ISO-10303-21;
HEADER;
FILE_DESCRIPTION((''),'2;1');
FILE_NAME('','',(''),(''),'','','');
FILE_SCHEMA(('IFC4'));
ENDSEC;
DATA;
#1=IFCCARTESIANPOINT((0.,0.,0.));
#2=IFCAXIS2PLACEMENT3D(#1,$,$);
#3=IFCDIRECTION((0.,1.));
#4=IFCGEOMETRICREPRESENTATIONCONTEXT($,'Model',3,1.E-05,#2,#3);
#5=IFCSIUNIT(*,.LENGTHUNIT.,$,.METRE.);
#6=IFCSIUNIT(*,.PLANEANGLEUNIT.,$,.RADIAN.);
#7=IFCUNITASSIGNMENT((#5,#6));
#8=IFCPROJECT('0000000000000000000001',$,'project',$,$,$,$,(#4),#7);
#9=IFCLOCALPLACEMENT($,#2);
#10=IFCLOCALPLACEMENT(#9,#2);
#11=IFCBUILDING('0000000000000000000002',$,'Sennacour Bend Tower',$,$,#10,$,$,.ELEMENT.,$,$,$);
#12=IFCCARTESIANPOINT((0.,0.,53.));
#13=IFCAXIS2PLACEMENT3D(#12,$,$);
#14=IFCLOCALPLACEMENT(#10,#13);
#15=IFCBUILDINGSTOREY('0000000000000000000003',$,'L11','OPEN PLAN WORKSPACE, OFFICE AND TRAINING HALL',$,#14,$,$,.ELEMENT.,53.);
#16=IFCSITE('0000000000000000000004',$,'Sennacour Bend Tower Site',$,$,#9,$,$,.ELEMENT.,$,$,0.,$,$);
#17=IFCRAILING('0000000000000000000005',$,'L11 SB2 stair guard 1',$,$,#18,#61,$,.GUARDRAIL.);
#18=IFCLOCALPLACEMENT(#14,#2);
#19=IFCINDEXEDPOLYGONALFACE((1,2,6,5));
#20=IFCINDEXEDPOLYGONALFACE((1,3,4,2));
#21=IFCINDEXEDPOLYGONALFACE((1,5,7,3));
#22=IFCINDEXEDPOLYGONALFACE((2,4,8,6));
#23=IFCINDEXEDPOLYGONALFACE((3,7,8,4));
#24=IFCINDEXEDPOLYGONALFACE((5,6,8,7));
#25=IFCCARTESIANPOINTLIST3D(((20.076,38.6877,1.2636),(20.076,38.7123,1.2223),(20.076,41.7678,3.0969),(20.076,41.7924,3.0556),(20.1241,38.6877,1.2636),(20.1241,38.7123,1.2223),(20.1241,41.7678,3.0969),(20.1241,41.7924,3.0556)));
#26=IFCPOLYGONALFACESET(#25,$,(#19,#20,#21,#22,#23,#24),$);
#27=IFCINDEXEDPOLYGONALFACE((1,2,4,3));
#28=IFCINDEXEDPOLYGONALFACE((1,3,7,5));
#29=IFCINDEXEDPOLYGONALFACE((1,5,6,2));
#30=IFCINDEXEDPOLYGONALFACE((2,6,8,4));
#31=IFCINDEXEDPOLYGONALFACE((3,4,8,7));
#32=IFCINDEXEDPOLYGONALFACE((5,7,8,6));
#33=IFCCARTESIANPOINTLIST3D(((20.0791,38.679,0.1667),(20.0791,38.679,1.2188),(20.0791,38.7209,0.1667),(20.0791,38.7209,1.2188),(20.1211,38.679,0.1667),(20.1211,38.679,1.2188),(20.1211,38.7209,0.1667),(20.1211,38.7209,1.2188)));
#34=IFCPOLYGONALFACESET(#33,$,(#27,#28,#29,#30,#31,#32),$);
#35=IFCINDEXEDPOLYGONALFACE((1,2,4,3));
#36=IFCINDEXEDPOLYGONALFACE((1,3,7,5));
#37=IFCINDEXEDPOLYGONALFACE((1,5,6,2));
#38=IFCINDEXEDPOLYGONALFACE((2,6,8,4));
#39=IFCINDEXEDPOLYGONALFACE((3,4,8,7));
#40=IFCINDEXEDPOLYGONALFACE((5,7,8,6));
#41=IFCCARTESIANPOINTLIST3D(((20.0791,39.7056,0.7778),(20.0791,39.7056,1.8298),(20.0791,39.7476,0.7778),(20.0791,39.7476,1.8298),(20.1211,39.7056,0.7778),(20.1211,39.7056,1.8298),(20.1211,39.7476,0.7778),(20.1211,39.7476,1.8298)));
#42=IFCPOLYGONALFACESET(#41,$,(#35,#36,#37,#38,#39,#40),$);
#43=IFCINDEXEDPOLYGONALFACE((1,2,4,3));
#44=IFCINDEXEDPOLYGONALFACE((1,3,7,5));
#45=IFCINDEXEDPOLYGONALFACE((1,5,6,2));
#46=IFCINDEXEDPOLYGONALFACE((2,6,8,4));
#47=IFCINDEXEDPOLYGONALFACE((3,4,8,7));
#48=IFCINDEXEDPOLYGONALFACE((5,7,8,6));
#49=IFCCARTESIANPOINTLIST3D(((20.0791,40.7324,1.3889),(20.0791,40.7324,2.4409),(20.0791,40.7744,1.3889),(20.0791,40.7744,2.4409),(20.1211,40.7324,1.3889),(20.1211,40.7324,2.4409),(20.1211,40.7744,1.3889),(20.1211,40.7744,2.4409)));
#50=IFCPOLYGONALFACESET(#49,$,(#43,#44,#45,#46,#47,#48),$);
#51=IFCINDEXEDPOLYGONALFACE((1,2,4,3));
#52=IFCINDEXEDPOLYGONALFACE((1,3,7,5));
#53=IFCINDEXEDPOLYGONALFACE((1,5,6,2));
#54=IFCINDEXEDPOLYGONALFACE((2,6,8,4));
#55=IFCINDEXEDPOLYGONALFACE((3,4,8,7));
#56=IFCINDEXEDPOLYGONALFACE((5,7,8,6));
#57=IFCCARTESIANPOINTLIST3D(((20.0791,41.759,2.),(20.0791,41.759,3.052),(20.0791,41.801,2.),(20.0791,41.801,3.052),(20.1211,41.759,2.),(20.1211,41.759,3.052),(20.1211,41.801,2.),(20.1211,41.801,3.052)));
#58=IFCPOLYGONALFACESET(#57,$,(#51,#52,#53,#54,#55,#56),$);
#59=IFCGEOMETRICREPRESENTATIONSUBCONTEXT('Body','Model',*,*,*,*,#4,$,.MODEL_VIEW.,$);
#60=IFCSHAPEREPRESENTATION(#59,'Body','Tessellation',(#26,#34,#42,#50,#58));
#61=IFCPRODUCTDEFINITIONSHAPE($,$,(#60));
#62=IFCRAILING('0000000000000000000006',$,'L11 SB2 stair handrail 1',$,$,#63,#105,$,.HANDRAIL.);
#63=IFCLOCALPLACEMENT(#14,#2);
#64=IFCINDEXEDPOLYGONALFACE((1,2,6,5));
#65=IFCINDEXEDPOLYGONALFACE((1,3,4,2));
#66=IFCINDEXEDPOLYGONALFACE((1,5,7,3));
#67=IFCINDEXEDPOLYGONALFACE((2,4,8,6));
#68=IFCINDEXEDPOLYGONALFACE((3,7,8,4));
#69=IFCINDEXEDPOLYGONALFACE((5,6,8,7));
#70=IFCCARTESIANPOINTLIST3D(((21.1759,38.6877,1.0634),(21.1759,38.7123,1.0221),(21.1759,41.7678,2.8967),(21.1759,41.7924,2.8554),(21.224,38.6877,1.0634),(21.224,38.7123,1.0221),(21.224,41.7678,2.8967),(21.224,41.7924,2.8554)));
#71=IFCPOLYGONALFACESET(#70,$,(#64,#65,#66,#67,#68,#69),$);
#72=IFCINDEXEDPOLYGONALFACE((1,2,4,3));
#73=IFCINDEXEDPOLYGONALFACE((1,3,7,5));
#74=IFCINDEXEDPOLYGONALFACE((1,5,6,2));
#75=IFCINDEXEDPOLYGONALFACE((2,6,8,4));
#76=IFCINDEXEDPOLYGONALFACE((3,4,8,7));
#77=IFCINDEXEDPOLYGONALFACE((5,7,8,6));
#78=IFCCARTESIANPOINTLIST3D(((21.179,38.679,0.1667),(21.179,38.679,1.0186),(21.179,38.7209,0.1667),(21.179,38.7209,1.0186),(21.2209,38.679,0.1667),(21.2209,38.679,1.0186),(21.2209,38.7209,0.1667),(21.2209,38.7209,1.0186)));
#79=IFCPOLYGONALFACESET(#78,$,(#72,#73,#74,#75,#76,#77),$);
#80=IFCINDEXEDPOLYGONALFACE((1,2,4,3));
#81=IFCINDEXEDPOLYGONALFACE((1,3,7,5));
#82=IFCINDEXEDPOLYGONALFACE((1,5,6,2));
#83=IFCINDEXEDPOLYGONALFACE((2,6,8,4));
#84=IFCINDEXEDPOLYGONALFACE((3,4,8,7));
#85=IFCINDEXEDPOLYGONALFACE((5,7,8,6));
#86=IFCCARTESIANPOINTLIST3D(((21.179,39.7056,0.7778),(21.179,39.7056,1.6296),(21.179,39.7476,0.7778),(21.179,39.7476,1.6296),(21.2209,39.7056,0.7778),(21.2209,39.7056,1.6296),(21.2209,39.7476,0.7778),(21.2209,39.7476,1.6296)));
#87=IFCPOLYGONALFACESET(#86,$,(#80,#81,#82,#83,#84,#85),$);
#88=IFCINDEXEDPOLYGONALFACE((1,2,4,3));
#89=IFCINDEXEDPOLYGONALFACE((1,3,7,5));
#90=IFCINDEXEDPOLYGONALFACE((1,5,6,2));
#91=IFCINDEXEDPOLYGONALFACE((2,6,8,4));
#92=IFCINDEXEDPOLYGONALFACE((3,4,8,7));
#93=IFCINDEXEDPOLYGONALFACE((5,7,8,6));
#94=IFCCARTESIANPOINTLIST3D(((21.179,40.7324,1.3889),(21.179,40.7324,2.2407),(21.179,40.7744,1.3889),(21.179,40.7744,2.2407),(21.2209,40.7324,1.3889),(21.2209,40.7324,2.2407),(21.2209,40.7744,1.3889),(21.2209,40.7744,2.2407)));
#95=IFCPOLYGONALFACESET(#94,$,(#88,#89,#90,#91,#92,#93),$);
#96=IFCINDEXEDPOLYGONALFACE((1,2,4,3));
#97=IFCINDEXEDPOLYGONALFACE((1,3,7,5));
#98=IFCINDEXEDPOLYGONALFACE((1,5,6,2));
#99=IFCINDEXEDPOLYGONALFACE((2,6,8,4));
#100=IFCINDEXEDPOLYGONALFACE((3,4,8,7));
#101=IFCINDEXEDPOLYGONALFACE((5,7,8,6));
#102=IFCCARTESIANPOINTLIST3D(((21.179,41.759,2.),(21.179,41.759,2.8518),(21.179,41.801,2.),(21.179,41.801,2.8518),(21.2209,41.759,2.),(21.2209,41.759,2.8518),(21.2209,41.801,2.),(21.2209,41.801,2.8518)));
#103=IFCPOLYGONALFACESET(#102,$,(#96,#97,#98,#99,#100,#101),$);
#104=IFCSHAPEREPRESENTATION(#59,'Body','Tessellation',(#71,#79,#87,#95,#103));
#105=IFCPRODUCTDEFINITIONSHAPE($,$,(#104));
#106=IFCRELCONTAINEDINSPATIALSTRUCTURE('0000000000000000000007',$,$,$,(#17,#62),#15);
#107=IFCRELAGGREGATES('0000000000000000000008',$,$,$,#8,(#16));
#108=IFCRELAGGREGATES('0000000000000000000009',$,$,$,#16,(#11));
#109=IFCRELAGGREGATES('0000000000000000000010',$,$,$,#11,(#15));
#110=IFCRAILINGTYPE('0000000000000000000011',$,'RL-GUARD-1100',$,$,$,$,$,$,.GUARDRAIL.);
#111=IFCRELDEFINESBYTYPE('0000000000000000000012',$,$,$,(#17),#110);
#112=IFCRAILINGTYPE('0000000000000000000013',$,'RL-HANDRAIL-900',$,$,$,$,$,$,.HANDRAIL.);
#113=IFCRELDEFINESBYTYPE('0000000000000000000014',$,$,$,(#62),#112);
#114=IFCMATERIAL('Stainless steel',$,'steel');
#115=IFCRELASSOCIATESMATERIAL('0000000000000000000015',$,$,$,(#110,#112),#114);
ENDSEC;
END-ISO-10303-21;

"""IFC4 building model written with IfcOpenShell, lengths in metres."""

from ifc_helpers import new_model, si_unit, direction, frame, origin, origin_2d, place, context, subcontext, project, spatial, rectangle, extrude, material, type_object, element, save


model = new_model("IFC4")

# Units and contexts
model_context = context("Model", 3, precision=1e-05, world=origin(), true_north=direction((0.0, 1.0)))
body_context = subcontext(model_context, "Body", "Model", "MODEL_VIEW")
ifc_project = project(units=[si_unit("LENGTHUNIT", "METRE"), si_unit("PLANEANGLEUNIT", "RADIAN")], contexts=[model_context])

# Site, building, storey
site_placement = place(None, origin())
site = spatial("IfcSite", under=ifc_project, at=site_placement, Name="Sennacour Bend Tower Site", CompositionType="ELEMENT", RefElevation=0.0)
building_placement = place(site_placement, origin())
building = spatial("IfcBuilding", under=site, at=building_placement, Name="Sennacour Bend Tower", CompositionType="ELEMENT")
storey_placement = place(building_placement, frame((0.0, 0.0, 53.0)))
storey = spatial("IfcBuildingStorey", under=building, at=storey_placement, Name="L11", Description="OPEN PLAN WORKSPACE, OFFICE AND TRAINING HALL", CompositionType="ELEMENT", Elevation=53.0)

# Railings
ifc_material_1 = material(Name="Stainless steel", Category="steel")
railing_type_1 = type_object("IfcRailingType", Name="RL-GUARD-1100", PredefinedType="GUARDRAIL", material=ifc_material_1)
railing_1_placement = place(storey_placement, frame((20.1001, 38.7, 0.1667)))
element("IfcRailing", 1, at=railing_1_placement, inside=storey, type_object=railing_type_1, Name="L11 SB2 stair guard 1", PredefinedType="GUARDRAIL", context=body_context, shape_type="SweptSolid", body=[
    extrude(rectangle(XDim=0.0481, YDim=0.0481, at=origin_2d()), frame((0.0, 0.0, 1.0762), z_axis=(0.0, 0.859309, 0.511458), x_axis=(-1.0, 0.0, 0.0)), (0.0, 0.0, 1.0), 3.5845),
    extrude(rectangle(XDim=0.042, YDim=0.042, at=origin_2d()), origin(), (0.0, 0.0, 1.0), 1.052),
    extrude(rectangle(XDim=0.042, YDim=0.042, at=origin_2d()), frame((0.0, 1.0266, 0.6111)), (0.0, 0.0, 1.0), 1.052),
    extrude(rectangle(XDim=0.042, YDim=0.042, at=origin_2d()), frame((0.0, 2.0535, 1.2222)), (0.0, 0.0, 1.0), 1.052),
    extrude(rectangle(XDim=0.042, YDim=0.042, at=origin_2d()), frame((0.0, 3.0801, 1.8333)), (0.0, 0.0, 1.0), 1.052),
])
railing_type_2 = type_object("IfcRailingType", Name="RL-HANDRAIL-900", PredefinedType="HANDRAIL", material=ifc_material_1)
railing_2_placement = place(storey_placement, frame((21.2, 38.7, 0.1667)))
element("IfcRailing", 2, at=railing_2_placement, inside=storey, type_object=railing_type_2, Name="L11 SB2 stair handrail 1", PredefinedType="HANDRAIL", context=body_context, shape_type="SweptSolid", body=[
    extrude(rectangle(XDim=0.0481, YDim=0.0481, at=origin_2d()), frame((0.0, 0.0, 0.876), z_axis=(0.0, 0.859309, 0.511458), x_axis=(-1.0, 0.0, 0.0)), (0.0, 0.0, 1.0), 3.5845),
    extrude(rectangle(XDim=0.042, YDim=0.042, at=origin_2d()), origin(), (0.0, 0.0, 1.0), 0.8518),
    extrude(rectangle(XDim=0.042, YDim=0.042, at=origin_2d()), frame((0.0, 1.0266, 0.6111)), (0.0, 0.0, 1.0), 0.8518),
    extrude(rectangle(XDim=0.042, YDim=0.042, at=origin_2d()), frame((0.0, 2.0535, 1.2222)), (0.0, 0.0, 1.0), 0.8518),
    extrude(rectangle(XDim=0.042, YDim=0.042, at=origin_2d()), frame((0.0, 3.0801, 1.8333)), (0.0, 0.0, 1.0), 0.8518),
])

save(model, "model.ifc")
